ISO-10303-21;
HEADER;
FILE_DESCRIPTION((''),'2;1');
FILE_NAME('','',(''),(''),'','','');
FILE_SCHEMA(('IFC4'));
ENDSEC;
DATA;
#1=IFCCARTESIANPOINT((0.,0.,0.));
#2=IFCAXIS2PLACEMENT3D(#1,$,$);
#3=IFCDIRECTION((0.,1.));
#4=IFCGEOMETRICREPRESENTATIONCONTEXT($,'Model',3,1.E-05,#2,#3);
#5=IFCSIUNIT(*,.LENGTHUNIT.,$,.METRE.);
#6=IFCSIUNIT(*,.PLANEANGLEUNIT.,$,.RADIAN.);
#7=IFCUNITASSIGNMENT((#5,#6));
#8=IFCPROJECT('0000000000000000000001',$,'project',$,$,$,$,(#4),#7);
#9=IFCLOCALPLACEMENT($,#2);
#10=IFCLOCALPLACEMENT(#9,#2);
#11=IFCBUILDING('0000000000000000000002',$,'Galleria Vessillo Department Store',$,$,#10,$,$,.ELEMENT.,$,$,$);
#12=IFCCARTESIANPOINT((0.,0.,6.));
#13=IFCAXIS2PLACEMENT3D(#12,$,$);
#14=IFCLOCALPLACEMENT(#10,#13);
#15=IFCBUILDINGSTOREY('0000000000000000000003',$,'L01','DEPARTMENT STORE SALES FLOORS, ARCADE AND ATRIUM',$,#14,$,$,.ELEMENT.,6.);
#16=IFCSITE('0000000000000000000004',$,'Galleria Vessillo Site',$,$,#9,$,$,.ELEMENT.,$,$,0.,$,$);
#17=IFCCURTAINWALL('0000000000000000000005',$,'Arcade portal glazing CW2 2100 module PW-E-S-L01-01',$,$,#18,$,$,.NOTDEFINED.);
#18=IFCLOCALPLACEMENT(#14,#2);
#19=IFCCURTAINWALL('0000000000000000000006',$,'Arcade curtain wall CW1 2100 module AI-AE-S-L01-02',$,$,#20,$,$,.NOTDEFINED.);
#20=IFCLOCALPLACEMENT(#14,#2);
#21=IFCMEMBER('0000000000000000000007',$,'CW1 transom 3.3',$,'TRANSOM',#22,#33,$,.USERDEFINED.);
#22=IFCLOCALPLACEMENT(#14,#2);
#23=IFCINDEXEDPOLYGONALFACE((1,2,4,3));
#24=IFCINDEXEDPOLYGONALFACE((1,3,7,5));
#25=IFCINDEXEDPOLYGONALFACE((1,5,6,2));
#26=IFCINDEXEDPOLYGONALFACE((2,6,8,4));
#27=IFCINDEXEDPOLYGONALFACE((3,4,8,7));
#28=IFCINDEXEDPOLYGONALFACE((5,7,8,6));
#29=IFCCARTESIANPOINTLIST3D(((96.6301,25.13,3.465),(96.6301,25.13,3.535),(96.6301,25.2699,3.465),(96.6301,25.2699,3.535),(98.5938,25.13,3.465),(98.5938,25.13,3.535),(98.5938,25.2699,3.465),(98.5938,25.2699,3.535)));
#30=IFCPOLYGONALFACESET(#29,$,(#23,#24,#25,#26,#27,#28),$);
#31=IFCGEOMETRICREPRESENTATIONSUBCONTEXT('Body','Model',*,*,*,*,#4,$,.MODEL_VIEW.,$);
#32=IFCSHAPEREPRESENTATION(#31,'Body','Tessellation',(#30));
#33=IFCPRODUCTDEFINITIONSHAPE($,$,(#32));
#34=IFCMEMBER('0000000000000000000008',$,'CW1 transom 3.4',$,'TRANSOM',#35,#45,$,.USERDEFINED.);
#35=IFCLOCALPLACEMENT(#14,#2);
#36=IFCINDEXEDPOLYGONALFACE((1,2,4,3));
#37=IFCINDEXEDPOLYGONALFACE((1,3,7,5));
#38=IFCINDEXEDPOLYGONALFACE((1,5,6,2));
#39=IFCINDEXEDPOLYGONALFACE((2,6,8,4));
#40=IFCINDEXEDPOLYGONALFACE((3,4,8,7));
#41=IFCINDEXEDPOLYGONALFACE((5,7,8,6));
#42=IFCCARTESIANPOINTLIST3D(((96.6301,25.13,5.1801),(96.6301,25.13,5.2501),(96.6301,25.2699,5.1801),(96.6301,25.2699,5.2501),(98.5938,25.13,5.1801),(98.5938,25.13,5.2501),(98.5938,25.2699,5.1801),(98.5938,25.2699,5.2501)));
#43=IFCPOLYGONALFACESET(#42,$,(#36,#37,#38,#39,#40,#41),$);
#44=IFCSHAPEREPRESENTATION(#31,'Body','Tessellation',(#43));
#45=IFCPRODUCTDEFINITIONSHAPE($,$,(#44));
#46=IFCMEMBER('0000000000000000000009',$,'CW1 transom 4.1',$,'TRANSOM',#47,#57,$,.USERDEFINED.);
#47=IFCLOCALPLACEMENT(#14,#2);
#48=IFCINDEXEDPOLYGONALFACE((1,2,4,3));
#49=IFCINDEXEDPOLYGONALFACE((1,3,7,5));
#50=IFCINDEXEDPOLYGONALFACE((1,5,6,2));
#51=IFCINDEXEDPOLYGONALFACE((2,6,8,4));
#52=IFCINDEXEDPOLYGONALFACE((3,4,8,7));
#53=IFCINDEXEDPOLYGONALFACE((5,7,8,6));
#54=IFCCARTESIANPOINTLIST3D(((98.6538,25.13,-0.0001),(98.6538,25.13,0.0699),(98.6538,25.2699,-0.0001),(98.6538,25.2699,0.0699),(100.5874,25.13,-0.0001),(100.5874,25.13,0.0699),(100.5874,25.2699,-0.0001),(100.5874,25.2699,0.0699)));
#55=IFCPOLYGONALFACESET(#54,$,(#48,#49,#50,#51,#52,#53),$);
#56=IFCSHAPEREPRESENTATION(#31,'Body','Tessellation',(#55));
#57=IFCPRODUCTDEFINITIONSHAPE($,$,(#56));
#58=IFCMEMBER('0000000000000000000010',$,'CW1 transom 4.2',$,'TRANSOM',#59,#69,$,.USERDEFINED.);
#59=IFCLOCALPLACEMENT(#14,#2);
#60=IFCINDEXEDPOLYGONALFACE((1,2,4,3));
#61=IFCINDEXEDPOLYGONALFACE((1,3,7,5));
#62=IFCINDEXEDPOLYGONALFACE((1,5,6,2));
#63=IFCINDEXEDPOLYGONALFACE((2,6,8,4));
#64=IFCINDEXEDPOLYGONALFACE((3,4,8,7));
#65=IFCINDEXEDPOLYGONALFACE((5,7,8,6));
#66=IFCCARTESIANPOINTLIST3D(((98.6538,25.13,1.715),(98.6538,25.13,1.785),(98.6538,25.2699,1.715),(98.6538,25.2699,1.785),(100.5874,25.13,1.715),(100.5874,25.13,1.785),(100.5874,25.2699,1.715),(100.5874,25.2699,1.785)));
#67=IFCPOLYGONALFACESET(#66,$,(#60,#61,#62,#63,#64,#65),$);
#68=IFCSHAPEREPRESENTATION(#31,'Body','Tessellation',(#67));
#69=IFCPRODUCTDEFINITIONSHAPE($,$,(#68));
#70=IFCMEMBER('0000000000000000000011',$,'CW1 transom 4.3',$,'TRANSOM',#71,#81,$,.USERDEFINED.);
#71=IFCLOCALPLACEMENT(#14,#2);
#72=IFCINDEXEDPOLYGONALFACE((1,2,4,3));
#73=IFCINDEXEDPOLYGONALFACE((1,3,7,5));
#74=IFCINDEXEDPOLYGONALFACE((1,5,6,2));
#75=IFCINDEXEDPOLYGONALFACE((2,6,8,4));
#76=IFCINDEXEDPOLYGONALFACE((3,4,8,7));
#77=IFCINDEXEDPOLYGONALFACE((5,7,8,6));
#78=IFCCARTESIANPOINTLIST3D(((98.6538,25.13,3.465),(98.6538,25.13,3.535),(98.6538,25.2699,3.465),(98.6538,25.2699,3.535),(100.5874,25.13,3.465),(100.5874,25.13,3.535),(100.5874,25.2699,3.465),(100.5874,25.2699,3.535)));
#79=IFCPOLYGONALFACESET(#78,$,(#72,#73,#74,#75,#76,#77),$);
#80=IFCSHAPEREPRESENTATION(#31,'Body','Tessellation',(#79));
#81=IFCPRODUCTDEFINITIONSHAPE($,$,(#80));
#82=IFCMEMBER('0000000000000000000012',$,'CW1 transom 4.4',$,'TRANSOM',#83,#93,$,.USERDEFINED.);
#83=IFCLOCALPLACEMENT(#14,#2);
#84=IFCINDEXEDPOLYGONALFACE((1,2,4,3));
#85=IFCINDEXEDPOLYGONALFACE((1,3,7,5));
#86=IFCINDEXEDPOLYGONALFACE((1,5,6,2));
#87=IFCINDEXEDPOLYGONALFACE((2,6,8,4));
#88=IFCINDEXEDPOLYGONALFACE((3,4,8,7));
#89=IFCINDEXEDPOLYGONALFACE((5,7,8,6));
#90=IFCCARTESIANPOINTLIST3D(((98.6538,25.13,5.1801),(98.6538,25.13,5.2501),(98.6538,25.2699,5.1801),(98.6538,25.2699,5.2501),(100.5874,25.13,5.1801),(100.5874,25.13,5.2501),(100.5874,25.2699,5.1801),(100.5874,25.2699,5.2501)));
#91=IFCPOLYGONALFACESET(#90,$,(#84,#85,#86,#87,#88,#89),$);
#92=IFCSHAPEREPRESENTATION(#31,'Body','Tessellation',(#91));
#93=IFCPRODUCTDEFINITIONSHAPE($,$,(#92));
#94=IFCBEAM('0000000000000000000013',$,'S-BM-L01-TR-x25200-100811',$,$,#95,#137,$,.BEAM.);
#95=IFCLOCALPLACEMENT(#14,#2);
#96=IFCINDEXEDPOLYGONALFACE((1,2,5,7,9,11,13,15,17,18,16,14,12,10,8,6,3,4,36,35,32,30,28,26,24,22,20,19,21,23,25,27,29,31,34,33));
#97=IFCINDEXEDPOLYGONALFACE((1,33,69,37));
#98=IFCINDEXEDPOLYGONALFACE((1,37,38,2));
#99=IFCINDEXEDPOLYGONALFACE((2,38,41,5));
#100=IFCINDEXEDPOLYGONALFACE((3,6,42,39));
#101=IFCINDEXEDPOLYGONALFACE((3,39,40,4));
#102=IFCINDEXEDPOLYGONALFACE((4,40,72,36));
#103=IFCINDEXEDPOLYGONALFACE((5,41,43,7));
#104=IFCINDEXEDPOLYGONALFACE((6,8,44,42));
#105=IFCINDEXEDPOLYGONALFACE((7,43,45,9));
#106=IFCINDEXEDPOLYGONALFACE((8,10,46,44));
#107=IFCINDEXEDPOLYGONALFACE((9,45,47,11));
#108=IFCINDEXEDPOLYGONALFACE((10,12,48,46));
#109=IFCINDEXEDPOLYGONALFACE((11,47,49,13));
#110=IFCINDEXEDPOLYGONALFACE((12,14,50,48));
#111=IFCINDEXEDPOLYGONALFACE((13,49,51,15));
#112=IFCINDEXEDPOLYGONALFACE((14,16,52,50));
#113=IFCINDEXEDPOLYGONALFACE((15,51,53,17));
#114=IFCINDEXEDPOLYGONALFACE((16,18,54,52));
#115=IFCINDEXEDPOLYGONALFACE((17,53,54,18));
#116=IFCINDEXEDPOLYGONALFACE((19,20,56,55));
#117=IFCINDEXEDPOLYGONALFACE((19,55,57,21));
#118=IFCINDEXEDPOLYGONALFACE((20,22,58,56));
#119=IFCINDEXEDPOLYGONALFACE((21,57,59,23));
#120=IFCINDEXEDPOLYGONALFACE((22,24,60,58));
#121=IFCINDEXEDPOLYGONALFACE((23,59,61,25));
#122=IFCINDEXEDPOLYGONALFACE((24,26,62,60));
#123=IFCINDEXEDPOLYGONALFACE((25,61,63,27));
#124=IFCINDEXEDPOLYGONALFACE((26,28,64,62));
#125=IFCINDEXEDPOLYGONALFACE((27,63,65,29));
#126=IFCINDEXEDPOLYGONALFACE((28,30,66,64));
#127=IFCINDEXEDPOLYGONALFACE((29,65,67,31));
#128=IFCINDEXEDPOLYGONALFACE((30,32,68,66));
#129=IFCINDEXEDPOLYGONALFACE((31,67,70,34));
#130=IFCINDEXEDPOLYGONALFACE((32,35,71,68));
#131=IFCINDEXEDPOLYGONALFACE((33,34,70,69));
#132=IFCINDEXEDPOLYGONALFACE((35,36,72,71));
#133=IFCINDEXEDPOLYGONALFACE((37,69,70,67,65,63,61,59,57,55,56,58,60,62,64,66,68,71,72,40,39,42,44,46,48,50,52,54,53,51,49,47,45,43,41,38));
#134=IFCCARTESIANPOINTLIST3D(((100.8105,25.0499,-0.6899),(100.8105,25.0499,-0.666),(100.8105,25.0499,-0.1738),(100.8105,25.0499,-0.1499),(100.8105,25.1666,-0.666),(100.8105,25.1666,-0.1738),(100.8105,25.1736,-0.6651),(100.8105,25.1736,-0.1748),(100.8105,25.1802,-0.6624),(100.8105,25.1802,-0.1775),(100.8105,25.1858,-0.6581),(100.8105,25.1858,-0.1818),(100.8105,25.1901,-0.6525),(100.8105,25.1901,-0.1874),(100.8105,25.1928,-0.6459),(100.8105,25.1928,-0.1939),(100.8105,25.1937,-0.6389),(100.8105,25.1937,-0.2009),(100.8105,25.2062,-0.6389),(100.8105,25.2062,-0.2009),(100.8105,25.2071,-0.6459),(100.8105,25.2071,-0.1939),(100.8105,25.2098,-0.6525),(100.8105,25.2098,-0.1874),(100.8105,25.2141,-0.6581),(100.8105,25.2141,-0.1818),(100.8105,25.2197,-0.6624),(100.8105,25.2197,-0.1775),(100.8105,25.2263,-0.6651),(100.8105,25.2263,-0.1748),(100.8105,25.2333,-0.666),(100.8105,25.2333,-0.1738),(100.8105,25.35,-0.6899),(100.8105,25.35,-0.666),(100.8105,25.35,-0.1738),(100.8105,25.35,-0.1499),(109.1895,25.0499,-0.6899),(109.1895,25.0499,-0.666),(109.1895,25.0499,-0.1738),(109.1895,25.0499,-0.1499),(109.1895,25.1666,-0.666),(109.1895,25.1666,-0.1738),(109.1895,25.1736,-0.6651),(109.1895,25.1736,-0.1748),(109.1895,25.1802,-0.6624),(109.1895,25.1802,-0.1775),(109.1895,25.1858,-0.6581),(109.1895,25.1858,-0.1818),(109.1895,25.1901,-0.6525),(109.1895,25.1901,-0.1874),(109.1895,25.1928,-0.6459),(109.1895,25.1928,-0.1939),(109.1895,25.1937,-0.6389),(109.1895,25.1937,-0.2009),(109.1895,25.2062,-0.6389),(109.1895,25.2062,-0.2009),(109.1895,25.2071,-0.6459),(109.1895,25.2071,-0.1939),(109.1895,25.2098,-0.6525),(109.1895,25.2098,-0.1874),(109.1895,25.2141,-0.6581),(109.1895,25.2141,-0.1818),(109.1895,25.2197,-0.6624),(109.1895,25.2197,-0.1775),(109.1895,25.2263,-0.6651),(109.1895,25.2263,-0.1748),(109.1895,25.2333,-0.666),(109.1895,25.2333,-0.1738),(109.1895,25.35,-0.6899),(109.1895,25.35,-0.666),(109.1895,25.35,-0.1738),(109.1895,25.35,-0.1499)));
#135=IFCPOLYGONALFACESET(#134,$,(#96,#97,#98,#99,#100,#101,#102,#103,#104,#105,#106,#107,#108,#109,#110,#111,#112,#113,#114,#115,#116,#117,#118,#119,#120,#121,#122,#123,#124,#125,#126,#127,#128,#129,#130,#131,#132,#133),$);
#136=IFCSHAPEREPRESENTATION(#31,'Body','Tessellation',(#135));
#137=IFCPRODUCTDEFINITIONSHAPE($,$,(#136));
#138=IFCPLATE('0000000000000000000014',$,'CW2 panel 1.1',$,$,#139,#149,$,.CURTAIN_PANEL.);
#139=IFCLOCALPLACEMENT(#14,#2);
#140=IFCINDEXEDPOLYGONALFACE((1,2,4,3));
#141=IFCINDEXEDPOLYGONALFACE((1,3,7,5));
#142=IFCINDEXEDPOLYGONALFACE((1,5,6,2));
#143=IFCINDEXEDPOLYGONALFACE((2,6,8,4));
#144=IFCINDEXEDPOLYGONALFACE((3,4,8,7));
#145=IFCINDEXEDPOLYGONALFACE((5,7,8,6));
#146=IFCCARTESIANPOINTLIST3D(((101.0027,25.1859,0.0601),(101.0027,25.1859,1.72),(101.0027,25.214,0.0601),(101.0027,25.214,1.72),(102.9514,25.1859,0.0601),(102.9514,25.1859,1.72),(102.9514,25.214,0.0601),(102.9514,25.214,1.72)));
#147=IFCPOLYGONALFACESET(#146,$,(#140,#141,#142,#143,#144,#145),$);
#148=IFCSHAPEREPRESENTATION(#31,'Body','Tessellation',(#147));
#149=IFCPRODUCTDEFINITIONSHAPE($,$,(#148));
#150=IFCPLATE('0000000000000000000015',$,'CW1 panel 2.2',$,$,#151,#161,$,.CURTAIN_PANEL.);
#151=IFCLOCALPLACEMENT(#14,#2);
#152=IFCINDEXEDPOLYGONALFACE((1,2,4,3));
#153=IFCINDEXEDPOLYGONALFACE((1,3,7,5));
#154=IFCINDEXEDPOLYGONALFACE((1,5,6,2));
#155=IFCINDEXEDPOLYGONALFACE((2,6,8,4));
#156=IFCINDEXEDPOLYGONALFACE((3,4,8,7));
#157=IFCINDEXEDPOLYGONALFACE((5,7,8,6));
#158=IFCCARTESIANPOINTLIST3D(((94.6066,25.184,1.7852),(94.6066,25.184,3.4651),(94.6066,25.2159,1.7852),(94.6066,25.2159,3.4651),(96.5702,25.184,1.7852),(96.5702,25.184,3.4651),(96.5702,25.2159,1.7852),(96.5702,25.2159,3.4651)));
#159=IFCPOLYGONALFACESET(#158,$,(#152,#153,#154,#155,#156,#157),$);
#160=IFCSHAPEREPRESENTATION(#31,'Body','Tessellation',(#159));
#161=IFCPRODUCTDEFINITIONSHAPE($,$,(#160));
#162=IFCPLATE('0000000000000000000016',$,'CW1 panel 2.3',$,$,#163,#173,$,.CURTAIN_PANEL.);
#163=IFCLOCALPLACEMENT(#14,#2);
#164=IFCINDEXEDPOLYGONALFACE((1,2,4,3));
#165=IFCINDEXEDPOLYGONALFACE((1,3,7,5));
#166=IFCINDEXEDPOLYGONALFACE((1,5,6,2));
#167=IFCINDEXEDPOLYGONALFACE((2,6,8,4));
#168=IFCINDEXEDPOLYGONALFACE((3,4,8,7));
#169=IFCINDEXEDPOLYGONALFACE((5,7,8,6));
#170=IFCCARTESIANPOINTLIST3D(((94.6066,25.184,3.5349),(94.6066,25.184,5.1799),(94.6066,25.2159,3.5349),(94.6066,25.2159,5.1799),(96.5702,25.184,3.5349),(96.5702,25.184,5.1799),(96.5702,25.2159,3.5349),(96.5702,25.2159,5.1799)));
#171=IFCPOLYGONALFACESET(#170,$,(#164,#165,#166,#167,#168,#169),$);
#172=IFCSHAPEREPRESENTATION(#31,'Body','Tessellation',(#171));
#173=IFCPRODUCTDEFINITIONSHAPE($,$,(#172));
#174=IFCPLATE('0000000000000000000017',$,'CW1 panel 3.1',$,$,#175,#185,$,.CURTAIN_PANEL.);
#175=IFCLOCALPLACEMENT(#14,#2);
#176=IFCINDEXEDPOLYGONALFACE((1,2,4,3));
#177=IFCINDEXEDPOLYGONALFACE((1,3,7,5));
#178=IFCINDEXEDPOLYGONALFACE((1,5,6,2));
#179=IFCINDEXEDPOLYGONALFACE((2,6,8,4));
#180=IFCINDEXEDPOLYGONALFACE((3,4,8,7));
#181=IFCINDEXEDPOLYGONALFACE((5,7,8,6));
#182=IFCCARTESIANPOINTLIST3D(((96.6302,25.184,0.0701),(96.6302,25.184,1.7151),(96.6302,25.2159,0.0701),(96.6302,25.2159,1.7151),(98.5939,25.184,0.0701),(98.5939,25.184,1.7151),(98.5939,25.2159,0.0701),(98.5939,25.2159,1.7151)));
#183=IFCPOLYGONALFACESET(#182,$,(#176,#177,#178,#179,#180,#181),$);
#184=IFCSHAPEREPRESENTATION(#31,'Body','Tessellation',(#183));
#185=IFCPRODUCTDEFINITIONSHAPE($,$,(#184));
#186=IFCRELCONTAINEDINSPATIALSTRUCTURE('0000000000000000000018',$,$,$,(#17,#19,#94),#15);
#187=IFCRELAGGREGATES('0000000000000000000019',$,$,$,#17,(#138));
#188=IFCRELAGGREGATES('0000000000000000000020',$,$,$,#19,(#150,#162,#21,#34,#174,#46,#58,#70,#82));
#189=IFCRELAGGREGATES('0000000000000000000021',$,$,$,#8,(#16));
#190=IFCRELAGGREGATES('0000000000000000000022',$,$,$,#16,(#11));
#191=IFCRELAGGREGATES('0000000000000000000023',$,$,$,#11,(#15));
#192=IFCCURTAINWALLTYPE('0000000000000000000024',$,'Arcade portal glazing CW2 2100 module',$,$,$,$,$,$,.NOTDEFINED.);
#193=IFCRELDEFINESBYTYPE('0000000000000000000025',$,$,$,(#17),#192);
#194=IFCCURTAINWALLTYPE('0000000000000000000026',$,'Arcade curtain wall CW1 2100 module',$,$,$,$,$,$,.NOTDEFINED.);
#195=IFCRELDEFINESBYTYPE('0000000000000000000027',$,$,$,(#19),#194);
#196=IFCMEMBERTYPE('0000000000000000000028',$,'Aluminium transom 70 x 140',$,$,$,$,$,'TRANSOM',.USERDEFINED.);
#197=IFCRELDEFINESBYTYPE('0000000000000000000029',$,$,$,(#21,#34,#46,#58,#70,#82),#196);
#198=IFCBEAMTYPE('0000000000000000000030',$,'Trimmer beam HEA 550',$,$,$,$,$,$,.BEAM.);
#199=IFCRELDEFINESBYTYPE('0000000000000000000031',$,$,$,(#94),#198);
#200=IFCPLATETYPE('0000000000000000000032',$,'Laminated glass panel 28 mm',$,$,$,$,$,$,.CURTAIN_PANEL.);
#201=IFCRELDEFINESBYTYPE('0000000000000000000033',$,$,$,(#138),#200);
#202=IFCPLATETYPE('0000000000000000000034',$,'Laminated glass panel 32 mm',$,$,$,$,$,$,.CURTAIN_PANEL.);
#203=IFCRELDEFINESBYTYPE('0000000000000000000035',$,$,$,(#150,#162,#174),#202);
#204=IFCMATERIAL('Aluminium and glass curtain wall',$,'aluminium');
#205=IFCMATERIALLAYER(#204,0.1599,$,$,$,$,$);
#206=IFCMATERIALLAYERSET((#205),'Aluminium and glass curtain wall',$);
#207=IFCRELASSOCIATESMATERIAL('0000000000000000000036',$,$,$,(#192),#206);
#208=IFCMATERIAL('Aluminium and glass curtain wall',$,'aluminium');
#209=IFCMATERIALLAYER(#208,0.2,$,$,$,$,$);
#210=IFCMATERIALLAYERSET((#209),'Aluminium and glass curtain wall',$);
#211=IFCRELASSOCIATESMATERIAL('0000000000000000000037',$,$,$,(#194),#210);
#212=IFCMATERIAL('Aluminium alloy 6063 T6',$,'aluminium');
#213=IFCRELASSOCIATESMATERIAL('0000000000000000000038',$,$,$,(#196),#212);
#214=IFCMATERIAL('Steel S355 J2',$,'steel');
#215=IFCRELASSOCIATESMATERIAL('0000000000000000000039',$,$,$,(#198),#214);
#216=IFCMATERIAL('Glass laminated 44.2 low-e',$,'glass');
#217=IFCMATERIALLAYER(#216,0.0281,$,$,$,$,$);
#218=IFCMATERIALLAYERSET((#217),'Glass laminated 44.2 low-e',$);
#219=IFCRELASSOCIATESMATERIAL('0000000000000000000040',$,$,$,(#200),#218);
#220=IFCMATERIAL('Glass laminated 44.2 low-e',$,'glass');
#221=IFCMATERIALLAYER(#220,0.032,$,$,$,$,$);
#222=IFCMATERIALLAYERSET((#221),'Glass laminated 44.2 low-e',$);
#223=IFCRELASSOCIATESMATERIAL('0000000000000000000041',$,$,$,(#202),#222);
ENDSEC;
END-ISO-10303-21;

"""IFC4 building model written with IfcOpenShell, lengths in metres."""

from ifc_helpers import new_model, si_unit, direction, frame, origin, origin_2d, place, context, subcontext, project, spatial, rectangle, i_section, extrude, material, layer, layer_set, material_profile, profile_set, type_object, element, aggregate, save


model = new_model("IFC4")

# Units and contexts
model_context = context("Model", 3, precision=1e-05, world=origin(), true_north=direction((0.0, 1.0)))
body_context = subcontext(model_context, "Body", "Model", "MODEL_VIEW")
ifc_project = project(units=[si_unit("LENGTHUNIT", "METRE"), si_unit("PLANEANGLEUNIT", "RADIAN")], contexts=[model_context])

# Site, building, storey
site_placement = place(None, origin())
site = spatial("IfcSite", under=ifc_project, at=site_placement, Name="Galleria Vessillo Site", CompositionType="ELEMENT", RefElevation=0.0)
building_placement = place(site_placement, origin())
building = spatial("IfcBuilding", under=site, at=building_placement, Name="Galleria Vessillo Department Store", CompositionType="ELEMENT")
storey_placement = place(building_placement, frame((0.0, 0.0, 6.0)))
storey = spatial("IfcBuildingStorey", under=building, at=storey_placement, Name="L01", Description="DEPARTMENT STORE SALES FLOORS, ARCADE AND ATRIUM", CompositionType="ELEMENT", Elevation=6.0)

# Curtain wall
ifc_material_1 = material(Name="Aluminium and glass curtain wall", Category="aluminium")
ifc_layer_1 = layer(ifc_material_1, 0.1599)
ifc_layer_set_1 = layer_set([ifc_layer_1], Name="Aluminium and glass curtain wall")
curtain_wall_type_1 = type_object("IfcCurtainWallType", Name="Arcade portal glazing CW2 2100 module", PredefinedType="NOTDEFINED", material=ifc_layer_set_1)
curtain_wall_1_placement = place(storey_placement, origin())
curtain_wall_1 = element("IfcCurtainWall", 1, at=curtain_wall_1_placement, inside=storey, type_object=curtain_wall_type_1, Name="Arcade portal glazing CW2 2100 module PW-E-S-L01-01", PredefinedType="NOTDEFINED")

# Curtain wall
ifc_material_2 = material(Name="Aluminium and glass curtain wall", Category="aluminium")
ifc_layer_2 = layer(ifc_material_2, 0.2)
ifc_layer_set_2 = layer_set([ifc_layer_2], Name="Aluminium and glass curtain wall")
curtain_wall_type_2 = type_object("IfcCurtainWallType", Name="Arcade curtain wall CW1 2100 module", PredefinedType="NOTDEFINED", material=ifc_layer_set_2)
curtain_wall_2_placement = place(storey_placement, origin())
curtain_wall_2 = element("IfcCurtainWall", 2, at=curtain_wall_2_placement, inside=storey, type_object=curtain_wall_type_2, Name="Arcade curtain wall CW1 2100 module AI-AE-S-L01-02", PredefinedType="NOTDEFINED")

# Members
ifc_material_3 = material(Name="Aluminium alloy 6063 T6", Category="aluminium")
ifc_material_profile_1 = material_profile(ifc_material_3, rectangle(XDim=0.1399, YDim=0.0701, at=origin_2d()), Name="AL 70x140")
ifc_profile_set_1 = profile_set([ifc_material_profile_1], Name="Aluminium alloy 6063 T6")
member_type_1 = type_object("IfcMemberType", Name="Aluminium transom 70 x 140", ElementType="TRANSOM", PredefinedType="USERDEFINED", material=ifc_profile_set_1)
member_1_placement = place(storey_placement, frame((96.6301, 25.2, 3.5), z_axis=(1.0, 0.0, 0.0), x_axis=(0.0, 1.0, 0.0)))
member_1 = element("IfcMember", 3, at=member_1_placement, type_object=member_type_1, Name="CW1 transom 3.3", ObjectType="TRANSOM", PredefinedType="USERDEFINED", context=body_context, shape_type="SweptSolid", body=[
    extrude(rectangle(XDim=0.1399, YDim=0.0701, at=origin_2d()), origin(), (0.0, 0.0, 1.0), 1.9636),
])
member_2_placement = place(storey_placement, frame((96.6301, 25.2, 5.2151), z_axis=(1.0, 0.0, 0.0), x_axis=(0.0, 1.0, 0.0)))
member_2 = element("IfcMember", 4, at=member_2_placement, type_object=member_type_1, Name="CW1 transom 3.4", ObjectType="TRANSOM", PredefinedType="USERDEFINED", context=body_context, shape_type="SweptSolid", body=[
    extrude(rectangle(XDim=0.1399, YDim=0.0701, at=origin_2d()), origin(), (0.0, 0.0, 1.0), 1.9636),
])
member_3_placement = place(storey_placement, frame((98.6538, 25.2, 0.0349), z_axis=(1.0, 0.0, 0.0), x_axis=(0.0, 1.0, 0.0)))
member_3 = element("IfcMember", 5, at=member_3_placement, type_object=member_type_1, Name="CW1 transom 4.1", ObjectType="TRANSOM", PredefinedType="USERDEFINED", context=body_context, shape_type="SweptSolid", body=[
    extrude(rectangle(XDim=0.1399, YDim=0.0701, at=origin_2d()), origin(), (0.0, 0.0, 1.0), 1.9336),
])
member_4_placement = place(storey_placement, frame((98.6538, 25.2, 1.75), z_axis=(1.0, 0.0, 0.0), x_axis=(0.0, 1.0, 0.0)))
member_4 = element("IfcMember", 6, at=member_4_placement, type_object=member_type_1, Name="CW1 transom 4.2", ObjectType="TRANSOM", PredefinedType="USERDEFINED", context=body_context, shape_type="SweptSolid", body=[
    extrude(rectangle(XDim=0.1399, YDim=0.0701, at=origin_2d()), origin(), (0.0, 0.0, 1.0), 1.9336),
])
member_5_placement = place(storey_placement, frame((98.6538, 25.2, 3.5), z_axis=(1.0, 0.0, 0.0), x_axis=(0.0, 1.0, 0.0)))
member_5 = element("IfcMember", 7, at=member_5_placement, type_object=member_type_1, Name="CW1 transom 4.3", ObjectType="TRANSOM", PredefinedType="USERDEFINED", context=body_context, shape_type="SweptSolid", body=[
    extrude(rectangle(XDim=0.1399, YDim=0.0701, at=origin_2d()), origin(), (0.0, 0.0, 1.0), 1.9336),
])
member_6_placement = place(storey_placement, frame((98.6538, 25.2, 5.2151), z_axis=(1.0, 0.0, 0.0), x_axis=(0.0, 1.0, 0.0)))
member_6 = element("IfcMember", 8, at=member_6_placement, type_object=member_type_1, Name="CW1 transom 4.4", ObjectType="TRANSOM", PredefinedType="USERDEFINED", context=body_context, shape_type="SweptSolid", body=[
    extrude(rectangle(XDim=0.1399, YDim=0.0701, at=origin_2d()), origin(), (0.0, 0.0, 1.0), 1.9336),
])

# Beam
ifc_material_4 = material(Name="Steel S355 J2", Category="steel")
ifc_material_profile_2 = material_profile(ifc_material_4, i_section(OverallWidth=0.3, OverallDepth=0.54, WebThickness=0.0125, FlangeThickness=0.0239, FilletRadius=0.0271, at=origin_2d()), Name="HEA 550")
ifc_profile_set_2 = profile_set([ifc_material_profile_2], Name="Steel S355 J2")
beam_type = type_object("IfcBeamType", Name="Trimmer beam HEA 550", PredefinedType="BEAM", material=ifc_profile_set_2)
beam_placement = place(storey_placement, frame((100.8105, 25.2, -0.4199), z_axis=(1.0, 0.0, 0.0), x_axis=(0.0, 1.0, 0.0)))
element("IfcBeam", 9, at=beam_placement, inside=storey, type_object=beam_type, Name="S-BM-L01-TR-x25200-100811", PredefinedType="BEAM", context=body_context, shape_type="SweptSolid", body=[
    extrude(i_section(OverallWidth=0.3, OverallDepth=0.54, WebThickness=0.0125, FlangeThickness=0.0239, FilletRadius=0.0271, at=origin_2d()), origin(), (0.0, 0.0, 1.0), 8.3789),
])

# Plates
ifc_material_5 = material(Name="Glass laminated 44.2 low-e", Category="glass")
ifc_layer_3 = layer(ifc_material_5, 0.0281)
ifc_layer_set_3 = layer_set([ifc_layer_3], Name="Glass laminated 44.2 low-e")
plate_type_1 = type_object("IfcPlateType", Name="Laminated glass panel 28 mm", PredefinedType="CURTAIN_PANEL", material=ifc_layer_set_3)
plate_1_placement = place(storey_placement, frame((101.9771, 25.2, 0.0601), z_axis=(0.0, 0.0, 1.0), x_axis=(1.0, 0.0, 0.0)))
plate_1 = element("IfcPlate", 10, at=plate_1_placement, type_object=plate_type_1, Name="CW2 panel 1.1", PredefinedType="CURTAIN_PANEL", context=body_context, shape_type="SweptSolid", body=[
    extrude(rectangle(XDim=1.9487, YDim=0.0281, at=origin_2d()), origin(), (0.0, 0.0, 1.0), 1.6599),
])
aggregate(curtain_wall_1, [plate_1])
ifc_material_6 = material(Name="Glass laminated 44.2 low-e", Category="glass")
ifc_layer_4 = layer(ifc_material_6, 0.032)
ifc_layer_set_4 = layer_set([ifc_layer_4], Name="Glass laminated 44.2 low-e")
plate_type_2 = type_object("IfcPlateType", Name="Laminated glass panel 32 mm", PredefinedType="CURTAIN_PANEL", material=ifc_layer_set_4)
plate_2_placement = place(storey_placement, frame((95.5884, 25.2, 1.7852), z_axis=(0.0, 0.0, 1.0), x_axis=(1.0, 0.0, 0.0)))
plate_2 = element("IfcPlate", 11, at=plate_2_placement, type_object=plate_type_2, Name="CW1 panel 2.2", PredefinedType="CURTAIN_PANEL", context=body_context, shape_type="SweptSolid", body=[
    extrude(rectangle(XDim=1.9636, YDim=0.032, at=origin_2d()), origin(), (0.0, 0.0, 1.0), 1.6799),
])
plate_3_placement = place(storey_placement, frame((95.5884, 25.2, 3.5349), z_axis=(0.0, 0.0, 1.0), x_axis=(1.0, 0.0, 0.0)))
plate_3 = element("IfcPlate", 12, at=plate_3_placement, type_object=plate_type_2, Name="CW1 panel 2.3", PredefinedType="CURTAIN_PANEL", context=body_context, shape_type="SweptSolid", body=[
    extrude(rectangle(XDim=1.9636, YDim=0.032, at=origin_2d()), origin(), (0.0, 0.0, 1.0), 1.645),
])
plate_4_placement = place(storey_placement, frame((97.6121, 25.2, 0.0701), z_axis=(0.0, 0.0, 1.0), x_axis=(1.0, 0.0, 0.0)))
plate_4 = element("IfcPlate", 13, at=plate_4_placement, type_object=plate_type_2, Name="CW1 panel 3.1", PredefinedType="CURTAIN_PANEL", context=body_context, shape_type="SweptSolid", body=[
    extrude(rectangle(XDim=1.9636, YDim=0.032, at=origin_2d()), origin(), (0.0, 0.0, 1.0), 1.645),
])
aggregate(curtain_wall_2, [plate_2, plate_3, member_1, member_2, plate_4, member_3, member_4, member_5, member_6])

save(model, "model.ifc")
